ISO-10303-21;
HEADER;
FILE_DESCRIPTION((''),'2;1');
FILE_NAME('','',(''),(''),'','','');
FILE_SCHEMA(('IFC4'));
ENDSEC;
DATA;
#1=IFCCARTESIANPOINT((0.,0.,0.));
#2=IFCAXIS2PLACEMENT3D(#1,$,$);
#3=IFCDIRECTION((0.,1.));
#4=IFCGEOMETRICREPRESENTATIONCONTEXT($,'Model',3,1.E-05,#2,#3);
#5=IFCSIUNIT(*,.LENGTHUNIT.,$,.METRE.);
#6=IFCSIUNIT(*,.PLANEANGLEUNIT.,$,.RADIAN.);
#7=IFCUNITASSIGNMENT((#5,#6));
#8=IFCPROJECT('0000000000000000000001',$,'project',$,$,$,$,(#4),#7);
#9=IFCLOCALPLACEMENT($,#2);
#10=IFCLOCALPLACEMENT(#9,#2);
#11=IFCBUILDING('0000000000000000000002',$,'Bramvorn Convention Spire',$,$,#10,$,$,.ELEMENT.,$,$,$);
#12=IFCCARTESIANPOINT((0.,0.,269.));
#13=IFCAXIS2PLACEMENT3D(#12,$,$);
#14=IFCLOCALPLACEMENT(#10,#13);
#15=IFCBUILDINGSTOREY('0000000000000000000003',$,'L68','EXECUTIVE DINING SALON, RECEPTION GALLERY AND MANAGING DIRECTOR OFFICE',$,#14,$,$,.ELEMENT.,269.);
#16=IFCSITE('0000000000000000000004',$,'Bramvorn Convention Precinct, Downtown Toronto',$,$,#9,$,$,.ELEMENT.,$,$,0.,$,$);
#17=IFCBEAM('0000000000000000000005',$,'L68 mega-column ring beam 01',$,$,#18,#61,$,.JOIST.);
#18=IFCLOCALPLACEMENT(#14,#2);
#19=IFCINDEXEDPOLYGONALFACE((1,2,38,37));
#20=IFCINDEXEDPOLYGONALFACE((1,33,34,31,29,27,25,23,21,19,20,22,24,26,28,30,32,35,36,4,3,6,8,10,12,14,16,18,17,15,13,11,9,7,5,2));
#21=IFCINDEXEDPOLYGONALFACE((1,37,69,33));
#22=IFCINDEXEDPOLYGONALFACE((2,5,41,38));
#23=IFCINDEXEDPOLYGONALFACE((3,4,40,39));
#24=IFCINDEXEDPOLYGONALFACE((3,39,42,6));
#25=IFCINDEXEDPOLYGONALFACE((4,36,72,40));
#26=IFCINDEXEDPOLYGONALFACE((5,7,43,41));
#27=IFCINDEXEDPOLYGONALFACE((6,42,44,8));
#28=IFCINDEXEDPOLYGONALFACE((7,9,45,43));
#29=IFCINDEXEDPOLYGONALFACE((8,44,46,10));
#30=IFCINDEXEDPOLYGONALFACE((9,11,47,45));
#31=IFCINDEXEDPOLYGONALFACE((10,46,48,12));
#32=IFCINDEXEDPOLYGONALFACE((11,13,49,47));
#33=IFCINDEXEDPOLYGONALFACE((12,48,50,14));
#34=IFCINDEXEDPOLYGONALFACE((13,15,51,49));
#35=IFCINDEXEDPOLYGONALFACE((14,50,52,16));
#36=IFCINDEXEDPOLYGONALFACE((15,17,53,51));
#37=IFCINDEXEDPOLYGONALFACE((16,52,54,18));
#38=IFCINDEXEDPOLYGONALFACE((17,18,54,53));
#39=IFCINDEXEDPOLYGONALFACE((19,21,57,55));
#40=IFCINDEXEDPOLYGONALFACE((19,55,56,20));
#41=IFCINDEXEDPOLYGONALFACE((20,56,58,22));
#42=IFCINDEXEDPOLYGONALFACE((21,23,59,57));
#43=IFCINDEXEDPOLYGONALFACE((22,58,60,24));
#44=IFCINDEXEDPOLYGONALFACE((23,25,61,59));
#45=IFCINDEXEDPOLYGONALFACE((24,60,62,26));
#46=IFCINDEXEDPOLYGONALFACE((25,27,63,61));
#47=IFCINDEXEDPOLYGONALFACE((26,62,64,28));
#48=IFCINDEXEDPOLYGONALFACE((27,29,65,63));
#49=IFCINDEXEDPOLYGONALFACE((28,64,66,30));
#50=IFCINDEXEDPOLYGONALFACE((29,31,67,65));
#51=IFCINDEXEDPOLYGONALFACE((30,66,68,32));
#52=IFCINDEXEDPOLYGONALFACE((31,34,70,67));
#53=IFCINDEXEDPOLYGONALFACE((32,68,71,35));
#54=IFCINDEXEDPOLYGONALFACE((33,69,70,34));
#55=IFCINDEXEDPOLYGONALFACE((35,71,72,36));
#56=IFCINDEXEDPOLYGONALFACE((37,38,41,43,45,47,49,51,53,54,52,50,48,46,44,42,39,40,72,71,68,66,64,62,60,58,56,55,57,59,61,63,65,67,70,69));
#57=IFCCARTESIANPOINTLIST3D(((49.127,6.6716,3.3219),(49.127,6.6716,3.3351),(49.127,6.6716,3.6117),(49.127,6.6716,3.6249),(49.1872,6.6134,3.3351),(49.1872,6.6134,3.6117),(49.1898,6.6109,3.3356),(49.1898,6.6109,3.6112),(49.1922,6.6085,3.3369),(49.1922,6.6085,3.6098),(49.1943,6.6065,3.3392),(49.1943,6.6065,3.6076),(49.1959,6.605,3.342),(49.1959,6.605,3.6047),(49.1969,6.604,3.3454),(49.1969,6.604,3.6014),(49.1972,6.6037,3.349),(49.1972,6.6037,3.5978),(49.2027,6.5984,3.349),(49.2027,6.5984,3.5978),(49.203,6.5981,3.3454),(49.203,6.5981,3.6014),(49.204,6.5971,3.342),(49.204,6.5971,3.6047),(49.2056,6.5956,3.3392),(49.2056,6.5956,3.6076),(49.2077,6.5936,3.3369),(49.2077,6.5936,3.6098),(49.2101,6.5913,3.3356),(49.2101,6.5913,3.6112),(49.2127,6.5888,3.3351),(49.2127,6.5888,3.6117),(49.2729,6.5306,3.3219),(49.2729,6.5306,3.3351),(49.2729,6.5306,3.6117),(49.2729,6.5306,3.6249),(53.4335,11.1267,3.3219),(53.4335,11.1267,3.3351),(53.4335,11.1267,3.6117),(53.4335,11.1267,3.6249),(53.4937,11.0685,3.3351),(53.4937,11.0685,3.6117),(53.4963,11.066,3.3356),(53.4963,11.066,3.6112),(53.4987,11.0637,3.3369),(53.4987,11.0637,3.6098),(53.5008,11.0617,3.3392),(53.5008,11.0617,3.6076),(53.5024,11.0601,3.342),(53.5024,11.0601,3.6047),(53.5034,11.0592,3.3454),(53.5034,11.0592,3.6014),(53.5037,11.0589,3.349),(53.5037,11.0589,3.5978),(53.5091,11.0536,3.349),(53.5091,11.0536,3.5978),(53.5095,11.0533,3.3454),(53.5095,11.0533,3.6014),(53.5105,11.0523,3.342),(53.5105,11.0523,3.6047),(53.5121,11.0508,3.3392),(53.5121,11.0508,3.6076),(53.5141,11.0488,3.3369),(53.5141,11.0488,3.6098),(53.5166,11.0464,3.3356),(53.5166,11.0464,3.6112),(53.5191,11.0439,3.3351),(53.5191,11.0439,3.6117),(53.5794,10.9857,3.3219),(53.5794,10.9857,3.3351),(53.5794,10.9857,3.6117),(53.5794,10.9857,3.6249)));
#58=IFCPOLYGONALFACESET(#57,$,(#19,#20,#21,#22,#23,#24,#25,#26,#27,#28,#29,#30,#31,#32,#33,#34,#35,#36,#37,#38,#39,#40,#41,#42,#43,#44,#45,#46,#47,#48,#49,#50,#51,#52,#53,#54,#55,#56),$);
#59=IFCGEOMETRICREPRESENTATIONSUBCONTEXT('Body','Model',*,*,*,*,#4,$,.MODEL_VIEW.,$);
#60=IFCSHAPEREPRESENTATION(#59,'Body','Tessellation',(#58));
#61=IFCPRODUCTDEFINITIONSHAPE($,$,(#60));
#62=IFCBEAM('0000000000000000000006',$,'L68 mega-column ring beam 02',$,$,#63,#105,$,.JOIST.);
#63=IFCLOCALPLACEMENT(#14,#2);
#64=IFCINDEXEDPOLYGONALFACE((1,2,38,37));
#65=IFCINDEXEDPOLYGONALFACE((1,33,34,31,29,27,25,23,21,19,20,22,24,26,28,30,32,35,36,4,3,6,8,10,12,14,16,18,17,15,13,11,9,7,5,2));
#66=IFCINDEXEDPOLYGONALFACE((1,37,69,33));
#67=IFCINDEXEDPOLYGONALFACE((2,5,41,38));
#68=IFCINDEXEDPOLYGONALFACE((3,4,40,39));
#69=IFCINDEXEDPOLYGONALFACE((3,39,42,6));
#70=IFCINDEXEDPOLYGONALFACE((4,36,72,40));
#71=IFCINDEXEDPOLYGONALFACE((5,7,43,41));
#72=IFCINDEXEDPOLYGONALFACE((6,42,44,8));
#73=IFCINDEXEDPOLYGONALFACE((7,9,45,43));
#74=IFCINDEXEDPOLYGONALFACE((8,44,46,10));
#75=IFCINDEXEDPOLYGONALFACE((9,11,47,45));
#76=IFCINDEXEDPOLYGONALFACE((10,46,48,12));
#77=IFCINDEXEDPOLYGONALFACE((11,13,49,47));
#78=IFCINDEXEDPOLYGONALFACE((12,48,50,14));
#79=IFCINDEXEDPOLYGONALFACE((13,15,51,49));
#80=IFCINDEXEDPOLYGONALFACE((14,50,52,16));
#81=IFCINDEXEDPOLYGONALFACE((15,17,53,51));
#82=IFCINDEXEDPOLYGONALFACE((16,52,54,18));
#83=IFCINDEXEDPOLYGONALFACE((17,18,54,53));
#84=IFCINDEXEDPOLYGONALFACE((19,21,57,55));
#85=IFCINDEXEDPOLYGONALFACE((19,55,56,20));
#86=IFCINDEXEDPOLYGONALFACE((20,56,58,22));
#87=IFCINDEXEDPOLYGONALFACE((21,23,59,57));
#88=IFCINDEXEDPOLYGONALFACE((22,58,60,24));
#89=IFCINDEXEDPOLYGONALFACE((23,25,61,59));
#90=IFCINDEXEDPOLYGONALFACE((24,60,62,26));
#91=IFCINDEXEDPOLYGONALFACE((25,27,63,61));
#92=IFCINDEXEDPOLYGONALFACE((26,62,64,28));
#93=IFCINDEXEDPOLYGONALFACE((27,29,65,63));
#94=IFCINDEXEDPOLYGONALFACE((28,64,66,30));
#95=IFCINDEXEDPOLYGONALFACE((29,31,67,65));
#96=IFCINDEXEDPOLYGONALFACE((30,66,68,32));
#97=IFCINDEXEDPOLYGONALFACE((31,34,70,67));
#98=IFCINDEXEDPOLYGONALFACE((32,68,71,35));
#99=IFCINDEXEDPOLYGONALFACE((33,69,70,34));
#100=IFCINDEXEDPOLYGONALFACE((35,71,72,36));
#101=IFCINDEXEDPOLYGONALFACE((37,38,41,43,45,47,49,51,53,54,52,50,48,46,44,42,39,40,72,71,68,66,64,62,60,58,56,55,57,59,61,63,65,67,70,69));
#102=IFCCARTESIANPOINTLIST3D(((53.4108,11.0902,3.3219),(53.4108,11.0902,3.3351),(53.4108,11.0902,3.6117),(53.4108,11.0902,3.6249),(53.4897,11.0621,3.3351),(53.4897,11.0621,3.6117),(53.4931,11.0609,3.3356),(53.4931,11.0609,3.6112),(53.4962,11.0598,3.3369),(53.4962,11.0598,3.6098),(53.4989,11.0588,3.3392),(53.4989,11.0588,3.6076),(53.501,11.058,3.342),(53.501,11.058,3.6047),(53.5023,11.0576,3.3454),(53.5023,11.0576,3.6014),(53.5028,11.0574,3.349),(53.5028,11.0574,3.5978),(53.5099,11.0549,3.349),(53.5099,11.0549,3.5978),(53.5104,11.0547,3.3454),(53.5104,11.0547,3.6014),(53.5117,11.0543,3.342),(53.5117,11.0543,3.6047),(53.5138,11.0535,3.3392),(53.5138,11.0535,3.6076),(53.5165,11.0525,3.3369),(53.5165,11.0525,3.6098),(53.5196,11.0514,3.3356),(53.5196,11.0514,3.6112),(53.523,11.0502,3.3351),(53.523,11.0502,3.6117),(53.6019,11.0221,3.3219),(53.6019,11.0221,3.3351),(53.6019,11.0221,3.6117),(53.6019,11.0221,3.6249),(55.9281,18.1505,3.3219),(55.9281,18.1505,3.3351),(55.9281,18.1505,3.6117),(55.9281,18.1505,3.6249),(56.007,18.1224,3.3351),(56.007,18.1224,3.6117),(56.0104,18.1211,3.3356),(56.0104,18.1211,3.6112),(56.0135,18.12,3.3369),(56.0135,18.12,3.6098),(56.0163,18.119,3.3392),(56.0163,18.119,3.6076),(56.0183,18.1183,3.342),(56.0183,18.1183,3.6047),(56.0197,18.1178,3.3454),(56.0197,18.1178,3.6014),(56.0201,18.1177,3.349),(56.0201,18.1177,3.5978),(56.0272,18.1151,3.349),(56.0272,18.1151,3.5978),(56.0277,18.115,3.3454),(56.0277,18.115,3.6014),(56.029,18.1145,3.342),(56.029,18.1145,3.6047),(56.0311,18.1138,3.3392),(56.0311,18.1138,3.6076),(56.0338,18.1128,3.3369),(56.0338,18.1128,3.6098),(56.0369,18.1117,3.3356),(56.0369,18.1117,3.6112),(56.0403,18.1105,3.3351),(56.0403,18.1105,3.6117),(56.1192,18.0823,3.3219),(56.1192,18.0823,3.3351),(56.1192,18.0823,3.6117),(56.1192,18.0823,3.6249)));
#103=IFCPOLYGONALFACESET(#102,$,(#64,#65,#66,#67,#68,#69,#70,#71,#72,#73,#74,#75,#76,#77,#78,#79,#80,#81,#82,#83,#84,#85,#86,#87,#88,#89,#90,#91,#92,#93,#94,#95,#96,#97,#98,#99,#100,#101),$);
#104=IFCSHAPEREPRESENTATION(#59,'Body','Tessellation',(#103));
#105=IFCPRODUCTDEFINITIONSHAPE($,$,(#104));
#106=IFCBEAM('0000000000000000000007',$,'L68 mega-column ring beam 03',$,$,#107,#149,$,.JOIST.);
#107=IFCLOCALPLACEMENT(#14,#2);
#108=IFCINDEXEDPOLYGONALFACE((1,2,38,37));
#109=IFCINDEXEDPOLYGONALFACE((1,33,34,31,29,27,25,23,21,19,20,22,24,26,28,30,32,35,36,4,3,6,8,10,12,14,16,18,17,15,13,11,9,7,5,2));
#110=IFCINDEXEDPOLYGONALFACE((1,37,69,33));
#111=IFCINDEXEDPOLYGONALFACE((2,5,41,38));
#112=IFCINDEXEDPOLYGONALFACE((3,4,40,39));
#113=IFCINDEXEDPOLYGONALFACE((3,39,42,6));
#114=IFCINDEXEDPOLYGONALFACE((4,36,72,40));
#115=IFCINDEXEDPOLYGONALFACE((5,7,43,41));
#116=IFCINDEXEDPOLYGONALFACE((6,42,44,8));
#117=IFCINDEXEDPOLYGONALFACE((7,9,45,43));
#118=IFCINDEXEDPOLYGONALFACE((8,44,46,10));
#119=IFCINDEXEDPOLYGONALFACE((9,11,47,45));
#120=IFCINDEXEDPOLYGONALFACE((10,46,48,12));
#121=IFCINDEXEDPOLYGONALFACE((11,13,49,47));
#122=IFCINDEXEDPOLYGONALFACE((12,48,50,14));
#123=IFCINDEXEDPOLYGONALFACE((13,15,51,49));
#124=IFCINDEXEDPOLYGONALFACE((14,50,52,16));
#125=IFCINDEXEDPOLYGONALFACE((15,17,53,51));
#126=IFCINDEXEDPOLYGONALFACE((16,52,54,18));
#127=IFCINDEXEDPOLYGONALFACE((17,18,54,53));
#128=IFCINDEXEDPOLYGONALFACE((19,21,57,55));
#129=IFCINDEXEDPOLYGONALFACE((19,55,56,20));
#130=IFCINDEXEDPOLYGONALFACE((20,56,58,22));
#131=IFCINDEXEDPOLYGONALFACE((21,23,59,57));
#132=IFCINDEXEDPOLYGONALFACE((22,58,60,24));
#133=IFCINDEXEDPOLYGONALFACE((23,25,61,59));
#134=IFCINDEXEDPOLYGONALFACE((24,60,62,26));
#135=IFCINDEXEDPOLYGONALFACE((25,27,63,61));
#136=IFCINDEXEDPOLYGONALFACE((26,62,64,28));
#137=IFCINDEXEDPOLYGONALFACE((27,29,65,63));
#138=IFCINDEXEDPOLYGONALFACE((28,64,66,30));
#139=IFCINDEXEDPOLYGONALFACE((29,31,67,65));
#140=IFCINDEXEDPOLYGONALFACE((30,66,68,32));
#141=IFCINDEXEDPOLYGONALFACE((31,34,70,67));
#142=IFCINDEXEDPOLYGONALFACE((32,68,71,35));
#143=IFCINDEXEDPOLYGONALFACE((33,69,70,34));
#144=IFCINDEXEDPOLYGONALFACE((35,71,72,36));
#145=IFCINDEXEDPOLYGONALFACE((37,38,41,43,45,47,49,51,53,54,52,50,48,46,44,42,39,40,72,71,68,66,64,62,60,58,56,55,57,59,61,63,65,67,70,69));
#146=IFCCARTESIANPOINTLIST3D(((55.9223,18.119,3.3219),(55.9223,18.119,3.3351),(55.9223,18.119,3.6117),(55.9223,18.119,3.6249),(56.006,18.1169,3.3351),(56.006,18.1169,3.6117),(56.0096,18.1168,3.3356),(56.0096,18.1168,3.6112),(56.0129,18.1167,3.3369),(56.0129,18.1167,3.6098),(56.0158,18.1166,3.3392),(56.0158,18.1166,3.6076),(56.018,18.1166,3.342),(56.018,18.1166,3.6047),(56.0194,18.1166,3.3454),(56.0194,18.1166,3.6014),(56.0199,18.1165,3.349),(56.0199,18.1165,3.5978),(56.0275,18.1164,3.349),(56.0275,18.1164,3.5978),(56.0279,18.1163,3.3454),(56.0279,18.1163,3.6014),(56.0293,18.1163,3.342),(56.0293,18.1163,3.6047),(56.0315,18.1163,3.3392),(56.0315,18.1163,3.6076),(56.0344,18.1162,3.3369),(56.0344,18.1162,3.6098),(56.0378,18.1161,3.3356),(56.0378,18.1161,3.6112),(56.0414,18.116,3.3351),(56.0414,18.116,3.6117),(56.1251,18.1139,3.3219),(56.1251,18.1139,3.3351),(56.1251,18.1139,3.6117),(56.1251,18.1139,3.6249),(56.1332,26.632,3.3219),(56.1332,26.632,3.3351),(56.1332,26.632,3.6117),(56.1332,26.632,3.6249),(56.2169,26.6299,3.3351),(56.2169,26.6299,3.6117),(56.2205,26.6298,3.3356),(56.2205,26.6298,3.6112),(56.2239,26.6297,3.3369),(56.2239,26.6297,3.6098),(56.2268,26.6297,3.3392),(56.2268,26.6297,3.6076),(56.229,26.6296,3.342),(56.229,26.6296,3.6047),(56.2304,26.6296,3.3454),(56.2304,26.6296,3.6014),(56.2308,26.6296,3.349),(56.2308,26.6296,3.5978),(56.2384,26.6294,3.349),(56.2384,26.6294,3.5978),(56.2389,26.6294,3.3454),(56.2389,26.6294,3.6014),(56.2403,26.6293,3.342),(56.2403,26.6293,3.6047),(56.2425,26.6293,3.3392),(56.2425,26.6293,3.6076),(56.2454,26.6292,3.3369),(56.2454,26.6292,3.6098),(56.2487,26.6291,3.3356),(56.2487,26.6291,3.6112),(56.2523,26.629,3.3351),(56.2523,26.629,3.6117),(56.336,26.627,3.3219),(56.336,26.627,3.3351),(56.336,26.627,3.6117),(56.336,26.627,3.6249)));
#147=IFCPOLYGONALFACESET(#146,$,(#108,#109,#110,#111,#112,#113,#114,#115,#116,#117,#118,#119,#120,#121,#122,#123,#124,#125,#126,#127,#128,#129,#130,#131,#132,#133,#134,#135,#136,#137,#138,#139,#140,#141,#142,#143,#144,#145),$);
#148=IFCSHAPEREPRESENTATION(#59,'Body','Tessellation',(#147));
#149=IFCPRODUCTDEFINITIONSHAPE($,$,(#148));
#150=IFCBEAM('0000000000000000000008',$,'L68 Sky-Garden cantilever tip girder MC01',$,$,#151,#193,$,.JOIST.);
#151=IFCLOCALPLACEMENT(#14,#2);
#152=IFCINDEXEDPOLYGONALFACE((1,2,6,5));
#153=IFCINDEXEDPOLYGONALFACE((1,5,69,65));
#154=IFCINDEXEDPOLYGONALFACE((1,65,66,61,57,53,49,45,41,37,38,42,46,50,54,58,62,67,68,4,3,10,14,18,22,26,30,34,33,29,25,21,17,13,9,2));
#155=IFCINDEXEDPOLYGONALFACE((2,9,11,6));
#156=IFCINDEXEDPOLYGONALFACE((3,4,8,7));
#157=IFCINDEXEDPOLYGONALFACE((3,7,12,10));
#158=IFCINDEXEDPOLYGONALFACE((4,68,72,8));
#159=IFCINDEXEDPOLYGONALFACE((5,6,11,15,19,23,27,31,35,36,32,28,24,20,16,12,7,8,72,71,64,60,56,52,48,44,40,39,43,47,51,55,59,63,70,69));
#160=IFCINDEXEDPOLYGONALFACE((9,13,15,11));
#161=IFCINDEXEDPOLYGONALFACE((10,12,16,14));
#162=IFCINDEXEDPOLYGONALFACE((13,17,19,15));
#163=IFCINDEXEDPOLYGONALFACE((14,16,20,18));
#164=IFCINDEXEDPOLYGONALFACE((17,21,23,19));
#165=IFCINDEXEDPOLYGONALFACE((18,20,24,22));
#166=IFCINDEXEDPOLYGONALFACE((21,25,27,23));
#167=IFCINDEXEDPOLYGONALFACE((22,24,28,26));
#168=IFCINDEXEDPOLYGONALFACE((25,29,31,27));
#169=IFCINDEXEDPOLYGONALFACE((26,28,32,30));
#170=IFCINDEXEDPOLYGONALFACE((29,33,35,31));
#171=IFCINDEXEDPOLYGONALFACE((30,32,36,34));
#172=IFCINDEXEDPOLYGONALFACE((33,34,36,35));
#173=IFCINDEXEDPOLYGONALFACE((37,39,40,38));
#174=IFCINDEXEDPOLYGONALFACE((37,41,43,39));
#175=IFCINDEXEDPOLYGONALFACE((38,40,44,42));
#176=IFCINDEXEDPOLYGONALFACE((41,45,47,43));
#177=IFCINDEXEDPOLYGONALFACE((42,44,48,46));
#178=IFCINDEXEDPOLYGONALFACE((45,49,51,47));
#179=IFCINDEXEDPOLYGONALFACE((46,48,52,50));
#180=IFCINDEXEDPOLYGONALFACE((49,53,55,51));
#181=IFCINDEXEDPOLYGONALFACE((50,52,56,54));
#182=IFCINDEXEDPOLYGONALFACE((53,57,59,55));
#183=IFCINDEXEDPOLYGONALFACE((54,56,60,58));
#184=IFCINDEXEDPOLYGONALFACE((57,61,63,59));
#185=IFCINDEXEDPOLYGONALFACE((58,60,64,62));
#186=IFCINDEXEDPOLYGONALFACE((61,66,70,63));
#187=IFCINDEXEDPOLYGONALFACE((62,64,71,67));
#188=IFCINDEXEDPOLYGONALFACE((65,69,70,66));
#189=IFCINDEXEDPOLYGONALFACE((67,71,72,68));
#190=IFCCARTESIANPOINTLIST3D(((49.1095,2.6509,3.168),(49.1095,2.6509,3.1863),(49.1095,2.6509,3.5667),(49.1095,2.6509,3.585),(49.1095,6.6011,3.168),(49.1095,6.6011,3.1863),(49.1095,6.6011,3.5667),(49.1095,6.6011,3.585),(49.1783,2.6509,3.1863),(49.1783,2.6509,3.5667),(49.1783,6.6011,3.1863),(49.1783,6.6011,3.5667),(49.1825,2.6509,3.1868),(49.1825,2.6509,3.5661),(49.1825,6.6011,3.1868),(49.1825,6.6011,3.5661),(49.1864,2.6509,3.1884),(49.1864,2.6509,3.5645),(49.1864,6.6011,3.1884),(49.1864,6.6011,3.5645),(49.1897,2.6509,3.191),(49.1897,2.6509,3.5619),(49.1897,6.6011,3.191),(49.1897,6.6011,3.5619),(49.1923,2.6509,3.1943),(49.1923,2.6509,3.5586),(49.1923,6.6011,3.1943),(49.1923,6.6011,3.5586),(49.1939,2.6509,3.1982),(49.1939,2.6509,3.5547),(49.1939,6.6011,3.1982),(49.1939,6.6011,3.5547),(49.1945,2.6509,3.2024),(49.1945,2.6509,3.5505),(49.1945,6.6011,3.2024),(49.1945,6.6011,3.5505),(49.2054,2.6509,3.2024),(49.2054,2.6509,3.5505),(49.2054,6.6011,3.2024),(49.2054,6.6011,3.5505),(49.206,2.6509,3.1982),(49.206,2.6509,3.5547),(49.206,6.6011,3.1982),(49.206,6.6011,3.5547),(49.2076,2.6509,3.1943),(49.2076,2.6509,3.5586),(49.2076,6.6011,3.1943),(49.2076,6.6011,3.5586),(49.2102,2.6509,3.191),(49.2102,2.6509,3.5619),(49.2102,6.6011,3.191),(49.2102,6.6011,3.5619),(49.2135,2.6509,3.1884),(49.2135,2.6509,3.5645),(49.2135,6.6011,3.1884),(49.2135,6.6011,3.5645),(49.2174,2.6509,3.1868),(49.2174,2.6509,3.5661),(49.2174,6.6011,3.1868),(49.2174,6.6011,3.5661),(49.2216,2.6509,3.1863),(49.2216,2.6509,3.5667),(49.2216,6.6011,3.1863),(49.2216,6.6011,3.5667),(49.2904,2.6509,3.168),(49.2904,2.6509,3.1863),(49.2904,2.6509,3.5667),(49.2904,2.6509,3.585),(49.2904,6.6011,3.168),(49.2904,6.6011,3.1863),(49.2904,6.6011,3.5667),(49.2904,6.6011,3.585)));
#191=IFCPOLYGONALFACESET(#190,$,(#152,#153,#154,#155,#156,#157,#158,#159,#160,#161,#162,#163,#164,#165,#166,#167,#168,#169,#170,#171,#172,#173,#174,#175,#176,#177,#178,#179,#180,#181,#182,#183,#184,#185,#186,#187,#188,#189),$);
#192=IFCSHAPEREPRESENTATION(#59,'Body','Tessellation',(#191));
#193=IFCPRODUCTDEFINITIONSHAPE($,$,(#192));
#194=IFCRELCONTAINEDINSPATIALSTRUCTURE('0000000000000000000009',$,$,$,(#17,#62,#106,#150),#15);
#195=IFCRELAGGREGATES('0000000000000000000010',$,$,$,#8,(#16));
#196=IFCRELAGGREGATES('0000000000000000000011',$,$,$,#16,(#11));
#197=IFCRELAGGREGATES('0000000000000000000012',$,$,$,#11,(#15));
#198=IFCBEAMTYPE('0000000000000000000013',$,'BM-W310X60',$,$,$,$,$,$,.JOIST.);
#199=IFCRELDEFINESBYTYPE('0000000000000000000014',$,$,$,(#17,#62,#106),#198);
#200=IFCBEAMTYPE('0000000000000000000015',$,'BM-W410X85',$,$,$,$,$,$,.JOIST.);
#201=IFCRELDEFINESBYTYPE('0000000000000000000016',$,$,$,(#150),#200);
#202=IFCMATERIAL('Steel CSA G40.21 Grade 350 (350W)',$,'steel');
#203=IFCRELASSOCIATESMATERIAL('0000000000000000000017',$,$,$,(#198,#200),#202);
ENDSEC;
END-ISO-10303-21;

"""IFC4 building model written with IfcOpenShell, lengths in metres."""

from ifc_helpers import new_model, si_unit, direction, frame, origin, origin_2d, place, context, subcontext, project, spatial, i_section, extrude, material, material_profile, profile_set, type_object, element, save


model = new_model("IFC4")

# Units and contexts
model_context = context("Model", 3, precision=1e-05, world=origin(), true_north=direction((0.0, 1.0)))
body_context = subcontext(model_context, "Body", "Model", "MODEL_VIEW")
ifc_project = project(units=[si_unit("LENGTHUNIT", "METRE"), si_unit("PLANEANGLEUNIT", "RADIAN")], contexts=[model_context])

# Site, building, storey
site_placement = place(None, origin())
site = spatial("IfcSite", under=ifc_project, at=site_placement, Name="Bramvorn Convention Precinct, Downtown Toronto", CompositionType="ELEMENT", RefElevation=0.0)
building_placement = place(site_placement, origin())
building = spatial("IfcBuilding", under=site, at=building_placement, Name="Bramvorn Convention Spire", CompositionType="ELEMENT")
storey_placement = place(building_placement, frame((0.0, 0.0, 269.0)))
storey = spatial("IfcBuildingStorey", under=building, at=storey_placement, Name="L68", Description="EXECUTIVE DINING SALON, RECEPTION GALLERY AND MANAGING DIRECTOR OFFICE", CompositionType="ELEMENT", Elevation=269.0)

# Shared definitions
ifc_material_1 = material(Name="Steel CSA G40.21 Grade 350 (350W)", Category="steel")

# Beams
ifc_material_profile_1 = material_profile(ifc_material_1, i_section(OverallWidth=0.2029, OverallDepth=0.303, WebThickness=0.0076, FlangeThickness=0.0132, FilletRadius=0.0139, at=origin_2d()))
ifc_profile_set_1 = profile_set([ifc_material_profile_1], Name="Steel CSA G40.21 Grade 350 (350W) - W310X60")
beam_type_1 = type_object("IfcBeamType", Name="BM-W310X60", PredefinedType="JOIST", material=ifc_profile_set_1)
beam_1_placement = place(storey_placement, frame((49.2, 6.6011, 3.4734), z_axis=(0.695007, 0.719003, 0.0), x_axis=(-0.719003, 0.695007, 0.0)))
element("IfcBeam", 1, at=beam_1_placement, inside=storey, type_object=beam_type_1, Name="L68 mega-column ring beam 01", PredefinedType="JOIST", context=body_context, shape_type="SweptSolid", body=[
    extrude(i_section(OverallWidth=0.2029, OverallDepth=0.303, WebThickness=0.0076, FlangeThickness=0.0132, FilletRadius=0.0139, at=origin_2d()), origin(), (0.0, 0.0, 1.0), 6.1963),
])
beam_2_placement = place(storey_placement, frame((53.5063, 11.0562, 3.4734), z_axis=(0.335839, 0.941919, 0.0), x_axis=(-0.941919, 0.335839, 0.0)))
element("IfcBeam", 2, at=beam_2_placement, inside=storey, type_object=beam_type_1, Name="L68 mega-column ring beam 02", PredefinedType="JOIST", context=body_context, shape_type="SweptSolid", body=[
    extrude(i_section(OverallWidth=0.2029, OverallDepth=0.303, WebThickness=0.0076, FlangeThickness=0.0132, FilletRadius=0.0139, at=origin_2d()), origin(), (0.0, 0.0, 1.0), 7.4956),
])
beam_3_placement = place(storey_placement, frame((56.0237, 18.1165, 3.4734), z_axis=(0.024771, 0.999693, 0.0), x_axis=(-0.999693, 0.024771, 0.0)))
element("IfcBeam", 3, at=beam_3_placement, inside=storey, type_object=beam_type_1, Name="L68 mega-column ring beam 03", PredefinedType="JOIST", context=body_context, shape_type="SweptSolid", body=[
    extrude(i_section(OverallWidth=0.2029, OverallDepth=0.303, WebThickness=0.0076, FlangeThickness=0.0132, FilletRadius=0.0139, at=origin_2d()), origin(), (0.0, 0.0, 1.0), 8.5156),
])
ifc_material_profile_2 = material_profile(ifc_material_1, i_section(OverallWidth=0.1809, OverallDepth=0.417, WebThickness=0.011, FlangeThickness=0.0183, FilletRadius=0.0161, at=origin_2d()))
ifc_profile_set_2 = profile_set([ifc_material_profile_2], Name="Steel CSA G40.21 Grade 350 (350W) - W410X85")
beam_type_2 = type_object("IfcBeamType", Name="BM-W410X85", PredefinedType="JOIST", material=ifc_profile_set_2)
beam_4_placement = place(storey_placement, frame((49.2, 6.6011, 3.3765), z_axis=(0.0, -1.0, 0.0), x_axis=(1.0, 0.0, 0.0)))
element("IfcBeam", 4, at=beam_4_placement, inside=storey, type_object=beam_type_2, Name="L68 Sky-Garden cantilever tip girder MC01", PredefinedType="JOIST", context=body_context, shape_type="SweptSolid", body=[
    extrude(i_section(OverallWidth=0.1809, OverallDepth=0.417, WebThickness=0.011, FlangeThickness=0.0183, FilletRadius=0.0161, at=origin_2d()), origin(), (0.0, 0.0, 1.0), 3.9502),
])

save(model, "model.ifc")
